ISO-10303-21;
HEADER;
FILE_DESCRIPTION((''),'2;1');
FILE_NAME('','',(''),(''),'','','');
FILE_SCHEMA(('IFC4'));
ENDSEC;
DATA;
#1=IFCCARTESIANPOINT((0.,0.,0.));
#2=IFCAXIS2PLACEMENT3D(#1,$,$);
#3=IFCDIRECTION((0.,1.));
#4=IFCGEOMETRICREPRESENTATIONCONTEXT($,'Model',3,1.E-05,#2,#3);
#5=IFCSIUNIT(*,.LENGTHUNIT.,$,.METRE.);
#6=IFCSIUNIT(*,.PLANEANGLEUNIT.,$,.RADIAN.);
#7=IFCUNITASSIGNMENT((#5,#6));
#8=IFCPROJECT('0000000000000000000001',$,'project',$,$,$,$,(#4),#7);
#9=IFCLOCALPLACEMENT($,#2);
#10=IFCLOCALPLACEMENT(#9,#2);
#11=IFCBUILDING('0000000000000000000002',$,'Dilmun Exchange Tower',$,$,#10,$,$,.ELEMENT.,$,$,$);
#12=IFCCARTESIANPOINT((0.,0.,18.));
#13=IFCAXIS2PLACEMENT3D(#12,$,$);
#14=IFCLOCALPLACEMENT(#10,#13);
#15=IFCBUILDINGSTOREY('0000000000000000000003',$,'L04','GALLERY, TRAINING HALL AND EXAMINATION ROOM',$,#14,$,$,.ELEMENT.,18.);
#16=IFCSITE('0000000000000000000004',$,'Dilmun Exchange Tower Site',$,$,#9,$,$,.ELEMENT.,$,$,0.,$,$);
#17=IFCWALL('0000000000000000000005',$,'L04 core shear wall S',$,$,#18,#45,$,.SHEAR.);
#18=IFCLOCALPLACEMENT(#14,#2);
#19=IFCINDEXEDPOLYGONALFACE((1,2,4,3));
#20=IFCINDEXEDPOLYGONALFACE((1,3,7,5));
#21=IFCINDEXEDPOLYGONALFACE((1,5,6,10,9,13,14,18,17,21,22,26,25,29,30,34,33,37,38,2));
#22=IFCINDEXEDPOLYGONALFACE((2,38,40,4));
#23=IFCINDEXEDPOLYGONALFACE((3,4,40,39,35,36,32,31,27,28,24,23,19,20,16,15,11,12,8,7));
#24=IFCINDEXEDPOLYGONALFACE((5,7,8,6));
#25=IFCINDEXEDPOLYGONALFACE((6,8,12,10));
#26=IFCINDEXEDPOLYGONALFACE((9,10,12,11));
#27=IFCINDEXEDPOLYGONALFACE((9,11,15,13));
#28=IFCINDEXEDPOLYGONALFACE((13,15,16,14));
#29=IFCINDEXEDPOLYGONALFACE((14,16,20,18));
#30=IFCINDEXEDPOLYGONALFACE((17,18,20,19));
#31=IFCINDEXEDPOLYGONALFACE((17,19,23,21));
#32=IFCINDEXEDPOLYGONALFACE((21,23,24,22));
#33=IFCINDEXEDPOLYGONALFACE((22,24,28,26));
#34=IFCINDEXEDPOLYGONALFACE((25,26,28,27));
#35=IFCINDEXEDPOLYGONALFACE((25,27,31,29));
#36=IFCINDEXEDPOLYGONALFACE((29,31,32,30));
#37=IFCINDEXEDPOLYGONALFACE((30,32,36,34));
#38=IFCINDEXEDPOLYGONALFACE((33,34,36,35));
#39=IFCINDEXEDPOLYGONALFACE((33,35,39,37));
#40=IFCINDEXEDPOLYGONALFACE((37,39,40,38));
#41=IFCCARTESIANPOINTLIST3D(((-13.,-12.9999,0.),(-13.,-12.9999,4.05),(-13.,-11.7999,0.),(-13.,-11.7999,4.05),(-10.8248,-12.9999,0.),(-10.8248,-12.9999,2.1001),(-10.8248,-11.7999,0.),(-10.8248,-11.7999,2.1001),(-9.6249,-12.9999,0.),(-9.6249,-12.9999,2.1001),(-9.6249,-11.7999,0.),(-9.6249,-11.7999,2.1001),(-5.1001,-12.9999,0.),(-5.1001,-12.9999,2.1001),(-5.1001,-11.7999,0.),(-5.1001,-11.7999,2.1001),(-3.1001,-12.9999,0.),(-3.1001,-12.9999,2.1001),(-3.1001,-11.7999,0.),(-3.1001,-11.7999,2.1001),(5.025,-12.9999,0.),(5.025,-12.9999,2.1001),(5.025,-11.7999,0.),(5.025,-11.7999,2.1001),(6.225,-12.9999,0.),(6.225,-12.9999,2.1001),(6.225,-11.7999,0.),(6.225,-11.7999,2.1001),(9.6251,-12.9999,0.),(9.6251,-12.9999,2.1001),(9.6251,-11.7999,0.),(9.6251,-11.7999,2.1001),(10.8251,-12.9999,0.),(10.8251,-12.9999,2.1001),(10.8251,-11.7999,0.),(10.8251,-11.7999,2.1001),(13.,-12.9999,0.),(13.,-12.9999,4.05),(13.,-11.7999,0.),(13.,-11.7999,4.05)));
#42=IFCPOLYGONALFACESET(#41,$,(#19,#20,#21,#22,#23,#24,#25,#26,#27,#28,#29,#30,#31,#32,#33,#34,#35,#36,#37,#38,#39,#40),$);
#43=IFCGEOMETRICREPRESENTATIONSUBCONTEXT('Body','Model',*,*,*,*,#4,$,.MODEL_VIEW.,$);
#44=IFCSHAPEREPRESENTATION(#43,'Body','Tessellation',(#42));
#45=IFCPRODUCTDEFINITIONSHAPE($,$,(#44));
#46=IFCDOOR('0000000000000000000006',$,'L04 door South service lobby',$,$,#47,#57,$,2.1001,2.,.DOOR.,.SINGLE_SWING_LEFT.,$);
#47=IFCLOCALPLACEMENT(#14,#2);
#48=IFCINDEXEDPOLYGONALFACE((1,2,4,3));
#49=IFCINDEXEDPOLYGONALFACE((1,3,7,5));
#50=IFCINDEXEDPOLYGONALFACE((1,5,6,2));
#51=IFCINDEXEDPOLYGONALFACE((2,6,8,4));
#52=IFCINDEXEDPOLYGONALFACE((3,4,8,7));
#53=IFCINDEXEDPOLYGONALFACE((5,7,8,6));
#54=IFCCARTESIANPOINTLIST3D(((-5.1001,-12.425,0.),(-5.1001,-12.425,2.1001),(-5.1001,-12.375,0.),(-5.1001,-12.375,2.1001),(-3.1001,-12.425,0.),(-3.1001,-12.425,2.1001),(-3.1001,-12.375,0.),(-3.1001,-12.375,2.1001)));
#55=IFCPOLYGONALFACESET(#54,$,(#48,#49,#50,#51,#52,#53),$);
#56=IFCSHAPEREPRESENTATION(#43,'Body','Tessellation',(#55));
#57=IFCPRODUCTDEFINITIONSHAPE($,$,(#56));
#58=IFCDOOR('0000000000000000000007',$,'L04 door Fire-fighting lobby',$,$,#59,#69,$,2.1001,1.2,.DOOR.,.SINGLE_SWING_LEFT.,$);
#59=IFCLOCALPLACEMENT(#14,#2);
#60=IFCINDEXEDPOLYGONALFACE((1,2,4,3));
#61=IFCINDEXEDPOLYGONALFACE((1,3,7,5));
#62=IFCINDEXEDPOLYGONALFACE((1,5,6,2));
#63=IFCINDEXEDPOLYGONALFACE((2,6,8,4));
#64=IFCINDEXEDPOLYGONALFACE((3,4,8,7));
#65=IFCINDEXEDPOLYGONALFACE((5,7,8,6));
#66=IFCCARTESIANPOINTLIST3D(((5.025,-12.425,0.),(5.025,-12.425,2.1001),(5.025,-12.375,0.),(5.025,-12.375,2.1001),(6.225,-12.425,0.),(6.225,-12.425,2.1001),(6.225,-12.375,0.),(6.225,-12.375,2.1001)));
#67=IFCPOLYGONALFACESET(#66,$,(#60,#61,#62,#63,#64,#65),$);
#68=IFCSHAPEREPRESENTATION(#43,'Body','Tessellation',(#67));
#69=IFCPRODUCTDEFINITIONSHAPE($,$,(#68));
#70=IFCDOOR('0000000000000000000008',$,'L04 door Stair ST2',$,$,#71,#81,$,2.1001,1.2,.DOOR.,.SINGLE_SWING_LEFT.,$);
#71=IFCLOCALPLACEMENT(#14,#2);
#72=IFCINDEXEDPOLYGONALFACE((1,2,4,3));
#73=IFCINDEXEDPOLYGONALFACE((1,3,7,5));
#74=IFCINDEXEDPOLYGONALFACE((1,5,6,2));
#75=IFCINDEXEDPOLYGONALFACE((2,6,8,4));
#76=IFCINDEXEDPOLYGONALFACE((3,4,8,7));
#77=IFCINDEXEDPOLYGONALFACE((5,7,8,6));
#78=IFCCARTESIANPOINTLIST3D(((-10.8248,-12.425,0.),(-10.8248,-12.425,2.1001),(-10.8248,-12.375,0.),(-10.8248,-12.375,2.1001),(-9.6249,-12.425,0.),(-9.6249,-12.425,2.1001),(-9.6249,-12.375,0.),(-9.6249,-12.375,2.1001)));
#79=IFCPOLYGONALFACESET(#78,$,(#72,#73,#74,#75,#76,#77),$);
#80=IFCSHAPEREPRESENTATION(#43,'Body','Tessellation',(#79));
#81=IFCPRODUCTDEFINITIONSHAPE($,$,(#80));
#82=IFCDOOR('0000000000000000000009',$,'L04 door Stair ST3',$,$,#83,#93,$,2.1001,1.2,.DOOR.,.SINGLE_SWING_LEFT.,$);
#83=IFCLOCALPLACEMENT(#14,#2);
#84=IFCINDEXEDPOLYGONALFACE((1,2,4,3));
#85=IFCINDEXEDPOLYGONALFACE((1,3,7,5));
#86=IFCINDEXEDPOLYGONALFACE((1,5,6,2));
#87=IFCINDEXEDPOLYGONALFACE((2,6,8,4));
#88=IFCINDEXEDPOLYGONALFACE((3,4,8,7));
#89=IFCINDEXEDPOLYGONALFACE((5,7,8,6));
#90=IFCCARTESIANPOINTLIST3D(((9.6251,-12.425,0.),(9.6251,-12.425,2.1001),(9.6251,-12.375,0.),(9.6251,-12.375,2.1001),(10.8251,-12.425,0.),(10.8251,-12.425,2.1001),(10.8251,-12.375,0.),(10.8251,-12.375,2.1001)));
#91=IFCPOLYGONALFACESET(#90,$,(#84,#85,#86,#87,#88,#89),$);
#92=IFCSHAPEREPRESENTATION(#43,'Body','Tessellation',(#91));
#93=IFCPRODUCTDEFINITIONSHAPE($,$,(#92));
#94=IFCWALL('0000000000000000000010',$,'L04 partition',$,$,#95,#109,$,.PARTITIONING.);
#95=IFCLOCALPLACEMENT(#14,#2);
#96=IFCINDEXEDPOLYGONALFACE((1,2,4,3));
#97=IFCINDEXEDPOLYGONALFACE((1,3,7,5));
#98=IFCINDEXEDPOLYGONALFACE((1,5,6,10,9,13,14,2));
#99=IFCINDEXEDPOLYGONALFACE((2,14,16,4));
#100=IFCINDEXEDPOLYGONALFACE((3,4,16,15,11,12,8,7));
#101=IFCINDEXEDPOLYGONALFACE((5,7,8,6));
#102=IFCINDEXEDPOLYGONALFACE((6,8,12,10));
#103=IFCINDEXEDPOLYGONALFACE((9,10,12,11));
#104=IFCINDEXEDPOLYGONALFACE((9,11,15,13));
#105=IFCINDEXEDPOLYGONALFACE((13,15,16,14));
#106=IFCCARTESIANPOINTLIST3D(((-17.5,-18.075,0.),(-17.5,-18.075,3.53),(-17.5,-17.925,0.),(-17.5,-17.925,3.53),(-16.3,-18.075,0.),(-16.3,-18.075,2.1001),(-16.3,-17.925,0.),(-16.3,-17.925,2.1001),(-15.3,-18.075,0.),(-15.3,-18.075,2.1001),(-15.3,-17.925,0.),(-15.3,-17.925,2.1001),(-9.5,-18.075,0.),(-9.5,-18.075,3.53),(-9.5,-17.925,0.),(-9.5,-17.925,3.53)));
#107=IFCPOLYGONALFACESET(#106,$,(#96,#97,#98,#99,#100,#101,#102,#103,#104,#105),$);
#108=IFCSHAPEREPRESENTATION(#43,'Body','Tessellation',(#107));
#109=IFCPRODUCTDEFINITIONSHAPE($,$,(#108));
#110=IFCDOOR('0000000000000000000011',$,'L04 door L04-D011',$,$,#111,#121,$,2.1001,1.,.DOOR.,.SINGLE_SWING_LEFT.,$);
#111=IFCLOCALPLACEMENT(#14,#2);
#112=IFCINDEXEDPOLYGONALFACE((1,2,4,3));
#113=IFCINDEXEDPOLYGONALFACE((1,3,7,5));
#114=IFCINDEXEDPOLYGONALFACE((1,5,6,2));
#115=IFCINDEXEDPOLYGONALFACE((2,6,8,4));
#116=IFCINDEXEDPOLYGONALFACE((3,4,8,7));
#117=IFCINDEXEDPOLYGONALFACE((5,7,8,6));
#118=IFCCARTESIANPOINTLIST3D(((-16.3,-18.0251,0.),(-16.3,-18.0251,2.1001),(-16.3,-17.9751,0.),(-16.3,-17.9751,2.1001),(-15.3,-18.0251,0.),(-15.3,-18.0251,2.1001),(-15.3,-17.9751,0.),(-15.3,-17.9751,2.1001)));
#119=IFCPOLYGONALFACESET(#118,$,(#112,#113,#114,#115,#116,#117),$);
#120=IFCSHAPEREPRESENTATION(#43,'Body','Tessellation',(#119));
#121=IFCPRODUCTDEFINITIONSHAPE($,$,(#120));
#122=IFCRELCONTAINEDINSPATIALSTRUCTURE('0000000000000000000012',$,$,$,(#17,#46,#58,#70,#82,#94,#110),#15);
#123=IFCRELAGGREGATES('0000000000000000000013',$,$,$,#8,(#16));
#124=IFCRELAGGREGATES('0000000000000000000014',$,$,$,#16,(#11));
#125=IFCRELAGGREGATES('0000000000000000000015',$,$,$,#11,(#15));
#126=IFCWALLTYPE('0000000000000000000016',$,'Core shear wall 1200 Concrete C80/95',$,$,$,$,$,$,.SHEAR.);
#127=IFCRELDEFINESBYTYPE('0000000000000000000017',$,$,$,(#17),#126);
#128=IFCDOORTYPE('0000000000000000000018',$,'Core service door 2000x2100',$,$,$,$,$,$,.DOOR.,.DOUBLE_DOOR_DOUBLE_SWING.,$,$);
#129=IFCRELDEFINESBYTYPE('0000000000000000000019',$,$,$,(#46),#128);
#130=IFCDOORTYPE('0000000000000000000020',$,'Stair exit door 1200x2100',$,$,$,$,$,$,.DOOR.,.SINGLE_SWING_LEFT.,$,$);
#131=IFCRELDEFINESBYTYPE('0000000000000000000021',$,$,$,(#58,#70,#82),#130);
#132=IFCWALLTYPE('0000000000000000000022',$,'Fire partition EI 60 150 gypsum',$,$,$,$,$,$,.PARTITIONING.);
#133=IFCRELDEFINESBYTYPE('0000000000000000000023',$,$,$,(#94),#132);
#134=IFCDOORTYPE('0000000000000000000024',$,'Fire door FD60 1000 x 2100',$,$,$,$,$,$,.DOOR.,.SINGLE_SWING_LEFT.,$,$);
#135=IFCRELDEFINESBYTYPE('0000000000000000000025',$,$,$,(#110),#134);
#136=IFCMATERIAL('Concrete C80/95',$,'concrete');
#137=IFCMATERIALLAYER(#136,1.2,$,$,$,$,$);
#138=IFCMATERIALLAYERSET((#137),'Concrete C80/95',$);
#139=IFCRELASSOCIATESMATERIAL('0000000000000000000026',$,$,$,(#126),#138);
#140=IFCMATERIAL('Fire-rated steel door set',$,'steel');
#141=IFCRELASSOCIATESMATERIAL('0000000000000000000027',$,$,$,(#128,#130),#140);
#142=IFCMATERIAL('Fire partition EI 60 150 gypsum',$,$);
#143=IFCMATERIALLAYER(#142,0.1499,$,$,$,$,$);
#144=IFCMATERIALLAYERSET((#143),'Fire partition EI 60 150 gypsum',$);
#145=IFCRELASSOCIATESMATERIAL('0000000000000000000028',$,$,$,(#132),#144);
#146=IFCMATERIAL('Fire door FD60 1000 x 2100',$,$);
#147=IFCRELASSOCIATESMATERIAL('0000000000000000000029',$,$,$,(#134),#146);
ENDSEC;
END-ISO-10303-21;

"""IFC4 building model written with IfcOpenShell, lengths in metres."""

from ifc_helpers import new_model, si_unit, direction, frame, frame_2d, origin, place, context, subcontext, project, spatial, rectangle, extrude, material, layer, layer_set, type_object, element, fill, save


model = new_model("IFC4")

# Units and contexts
model_context = context("Model", 3, precision=1e-05, world=origin(), true_north=direction((0.0, 1.0)))
body_context = subcontext(model_context, "Body", "Model", "MODEL_VIEW")
ifc_project = project(units=[si_unit("LENGTHUNIT", "METRE"), si_unit("PLANEANGLEUNIT", "RADIAN")], contexts=[model_context])

# Site, building, storey
site_placement = place(None, origin())
site = spatial("IfcSite", under=ifc_project, at=site_placement, Name="Dilmun Exchange Tower Site", CompositionType="ELEMENT", RefElevation=0.0)
building_placement = place(site_placement, origin())
building = spatial("IfcBuilding", under=site, at=building_placement, Name="Dilmun Exchange Tower", CompositionType="ELEMENT")
storey_placement = place(building_placement, frame((0.0, 0.0, 18.0)))
storey = spatial("IfcBuildingStorey", under=building, at=storey_placement, Name="L04", Description="GALLERY, TRAINING HALL AND EXAMINATION ROOM", CompositionType="ELEMENT", Elevation=18.0)

# Shared definitions
ifc_material_1 = material(Name="Concrete C80/95", Category="concrete")

# Shared definitions
ifc_material_2 = material(Name="Fire-rated steel door set", Category="steel")

# Wall, openings, doors
ifc_layer_1 = layer(ifc_material_1, 1.2)
ifc_layer_set_1 = layer_set([ifc_layer_1], Name="Concrete C80/95")
wall_type_1 = type_object("IfcWallType", Name="Core shear wall 1200 Concrete C80/95", PredefinedType="SHEAR", material=ifc_layer_set_1)
wall_1_placement = place(storey_placement, frame((-13.0, -12.3999, 0.0), z_axis=(0.0, 0.0, 1.0), x_axis=(1.0, 0.0, 0.0)))
wall_1 = element("IfcWall", 1, at=wall_1_placement, inside=storey, type_object=wall_type_1, Name="L04 core shear wall S", PredefinedType="SHEAR", context=body_context, shape_type="SweptSolid", body=[
    extrude(rectangle(XDim=26.0, YDim=1.2, at=frame_2d((13.0, 0.0))), origin(), (0.0, 0.0, 1.0), 4.05),
])
opening_1_placement = place(wall_1_placement, frame((7.8999, 0.0, 0.0)))
opening_1 = element("IfcOpeningElement", 2, at=opening_1_placement, cuts=wall_1, PredefinedType="OPENING", context=body_context, shape_type="SweptSolid", body=[
    extrude(rectangle(XDim=2.0, YDim=2.1001, at=frame_2d((1.0, 1.05))), frame((0.0, 0.6099, 0.0), z_axis=(0.0, -1.0, 0.0), x_axis=(1.0, 0.0, 0.0)), (0.0, 0.0, 1.0), 1.22),
])
opening_2_placement = place(wall_1_placement, frame((18.0249, 0.0, 0.0)))
opening_2 = element("IfcOpeningElement", 3, at=opening_2_placement, cuts=wall_1, PredefinedType="OPENING", context=body_context, shape_type="SweptSolid", body=[
    extrude(rectangle(XDim=1.2, YDim=2.1001, at=frame_2d((0.6001, 1.05))), frame((0.0, 0.6099, 0.0), z_axis=(0.0, -1.0, 0.0), x_axis=(1.0, 0.0, 0.0)), (0.0, 0.0, 1.0), 1.22),
])
opening_3_placement = place(wall_1_placement, frame((2.175, 0.0, 0.0)))
opening_3 = element("IfcOpeningElement", 4, at=opening_3_placement, cuts=wall_1, PredefinedType="OPENING", context=body_context, shape_type="SweptSolid", body=[
    extrude(rectangle(XDim=1.2, YDim=2.1001, at=frame_2d((0.6001, 1.05))), frame((0.0, 0.6099, 0.0), z_axis=(0.0, -1.0, 0.0), x_axis=(1.0, 0.0, 0.0)), (0.0, 0.0, 1.0), 1.22),
])
opening_4_placement = place(wall_1_placement, frame((22.625, 0.0, 0.0)))
opening_4 = element("IfcOpeningElement", 5, at=opening_4_placement, cuts=wall_1, PredefinedType="OPENING", context=body_context, shape_type="SweptSolid", body=[
    extrude(rectangle(XDim=1.2, YDim=2.1001, at=frame_2d((0.6001, 1.05))), frame((0.0, 0.6099, 0.0), z_axis=(0.0, -1.0, 0.0), x_axis=(1.0, 0.0, 0.0)), (0.0, 0.0, 1.0), 1.22),
])
door_type_1 = type_object("IfcDoorType", Name="Core service door 2000x2100", OperationType="DOUBLE_DOOR_DOUBLE_SWING", PredefinedType="DOOR", material=ifc_material_2)
door_1_placement = place(opening_1_placement, origin())
door_1 = element("IfcDoor", 6, at=door_1_placement, inside=storey, type_object=door_type_1, Name="L04 door South service lobby", OperationType="SINGLE_SWING_LEFT", OverallHeight=2.1001, OverallWidth=2.0, PredefinedType="DOOR", context=body_context, shape_type="SweptSolid", body=[
    extrude(rectangle(XDim=2.0, YDim=2.1001, at=frame_2d((1.0, 1.05))), frame((0.0, 0.0249, 0.0), z_axis=(0.0, -1.0, 0.0), x_axis=(1.0, 0.0, 0.0)), (0.0, 0.0, 1.0), 0.05),
])
fill(opening_1, door_1)
door_type_2 = type_object("IfcDoorType", Name="Stair exit door 1200x2100", OperationType="SINGLE_SWING_LEFT", PredefinedType="DOOR", material=ifc_material_2)
door_2_placement = place(opening_2_placement, origin())
door_2 = element("IfcDoor", 7, at=door_2_placement, inside=storey, type_object=door_type_2, Name="L04 door Fire-fighting lobby", OperationType="SINGLE_SWING_LEFT", OverallHeight=2.1001, OverallWidth=1.2, PredefinedType="DOOR", context=body_context, shape_type="SweptSolid", body=[
    extrude(rectangle(XDim=1.2, YDim=2.1001, at=frame_2d((0.6001, 1.05))), frame((0.0, 0.0249, 0.0), z_axis=(0.0, -1.0, 0.0), x_axis=(1.0, 0.0, 0.0)), (0.0, 0.0, 1.0), 0.05),
])
fill(opening_2, door_2)
door_3_placement = place(opening_3_placement, origin())
door_3 = element("IfcDoor", 8, at=door_3_placement, inside=storey, type_object=door_type_2, Name="L04 door Stair ST2", OperationType="SINGLE_SWING_LEFT", OverallHeight=2.1001, OverallWidth=1.2, PredefinedType="DOOR", context=body_context, shape_type="SweptSolid", body=[
    extrude(rectangle(XDim=1.2, YDim=2.1001, at=frame_2d((0.6001, 1.05))), frame((0.0, 0.0249, 0.0), z_axis=(0.0, -1.0, 0.0), x_axis=(1.0, 0.0, 0.0)), (0.0, 0.0, 1.0), 0.05),
])
fill(opening_3, door_3)
door_4_placement = place(opening_4_placement, origin())
door_4 = element("IfcDoor", 9, at=door_4_placement, inside=storey, type_object=door_type_2, Name="L04 door Stair ST3", OperationType="SINGLE_SWING_LEFT", OverallHeight=2.1001, OverallWidth=1.2, PredefinedType="DOOR", context=body_context, shape_type="SweptSolid", body=[
    extrude(rectangle(XDim=1.2, YDim=2.1001, at=frame_2d((0.6001, 1.05))), frame((0.0, 0.0249, 0.0), z_axis=(0.0, -1.0, 0.0), x_axis=(1.0, 0.0, 0.0)), (0.0, 0.0, 1.0), 0.05),
])
fill(opening_4, door_4)

# Wall, opening, door
ifc_material_3 = material(Name="Fire partition EI 60 150 gypsum")
ifc_layer_2 = layer(ifc_material_3, 0.1499)
ifc_layer_set_2 = layer_set([ifc_layer_2], Name="Fire partition EI 60 150 gypsum")
wall_type_2 = type_object("IfcWallType", Name="Fire partition EI 60 150 gypsum", PredefinedType="PARTITIONING", material=ifc_layer_set_2)
wall_2_placement = place(storey_placement, frame((-17.5, -18.0, 0.0), z_axis=(0.0, 0.0, 1.0), x_axis=(1.0, 0.0, 0.0)))
wall_2 = element("IfcWall", 10, at=wall_2_placement, inside=storey, type_object=wall_type_2, Name="L04 partition", PredefinedType="PARTITIONING", context=body_context, shape_type="SweptSolid", body=[
    extrude(rectangle(XDim=8.0, YDim=0.1499, at=frame_2d((4.0, 0.0))), origin(), (0.0, 0.0, 1.0), 3.53),
])
opening_5_placement = place(wall_2_placement, frame((1.2, 0.0, 0.0)))
opening_5 = element("IfcOpeningElement", 11, at=opening_5_placement, cuts=wall_2, PredefinedType="OPENING", context=body_context, shape_type="SweptSolid", body=[
    extrude(rectangle(XDim=1.0, YDim=2.1001, at=frame_2d((0.5, 1.05))), frame((0.0, 0.085, 0.0), z_axis=(0.0, -1.0, 0.0), x_axis=(1.0, 0.0, 0.0)), (0.0, 0.0, 1.0), 0.1699),
])
ifc_material_4 = material(Name="Fire door FD60 1000 x 2100")
door_type_3 = type_object("IfcDoorType", Name="Fire door FD60 1000 x 2100", OperationType="SINGLE_SWING_LEFT", PredefinedType="DOOR", material=ifc_material_4)
door_5_placement = place(opening_5_placement, origin())
door_5 = element("IfcDoor", 12, at=door_5_placement, inside=storey, type_object=door_type_3, Name="L04 door L04-D011", OperationType="SINGLE_SWING_LEFT", OverallHeight=2.1001, OverallWidth=1.0, PredefinedType="DOOR", context=body_context, shape_type="SweptSolid", body=[
    extrude(rectangle(XDim=1.0, YDim=2.1001, at=frame_2d((0.5, 1.05))), frame((0.0, 0.0249, 0.0), z_axis=(0.0, -1.0, 0.0), x_axis=(1.0, 0.0, 0.0)), (0.0, 0.0, 1.0), 0.05),
])
fill(opening_5, door_5)

save(model, "model.ifc")
